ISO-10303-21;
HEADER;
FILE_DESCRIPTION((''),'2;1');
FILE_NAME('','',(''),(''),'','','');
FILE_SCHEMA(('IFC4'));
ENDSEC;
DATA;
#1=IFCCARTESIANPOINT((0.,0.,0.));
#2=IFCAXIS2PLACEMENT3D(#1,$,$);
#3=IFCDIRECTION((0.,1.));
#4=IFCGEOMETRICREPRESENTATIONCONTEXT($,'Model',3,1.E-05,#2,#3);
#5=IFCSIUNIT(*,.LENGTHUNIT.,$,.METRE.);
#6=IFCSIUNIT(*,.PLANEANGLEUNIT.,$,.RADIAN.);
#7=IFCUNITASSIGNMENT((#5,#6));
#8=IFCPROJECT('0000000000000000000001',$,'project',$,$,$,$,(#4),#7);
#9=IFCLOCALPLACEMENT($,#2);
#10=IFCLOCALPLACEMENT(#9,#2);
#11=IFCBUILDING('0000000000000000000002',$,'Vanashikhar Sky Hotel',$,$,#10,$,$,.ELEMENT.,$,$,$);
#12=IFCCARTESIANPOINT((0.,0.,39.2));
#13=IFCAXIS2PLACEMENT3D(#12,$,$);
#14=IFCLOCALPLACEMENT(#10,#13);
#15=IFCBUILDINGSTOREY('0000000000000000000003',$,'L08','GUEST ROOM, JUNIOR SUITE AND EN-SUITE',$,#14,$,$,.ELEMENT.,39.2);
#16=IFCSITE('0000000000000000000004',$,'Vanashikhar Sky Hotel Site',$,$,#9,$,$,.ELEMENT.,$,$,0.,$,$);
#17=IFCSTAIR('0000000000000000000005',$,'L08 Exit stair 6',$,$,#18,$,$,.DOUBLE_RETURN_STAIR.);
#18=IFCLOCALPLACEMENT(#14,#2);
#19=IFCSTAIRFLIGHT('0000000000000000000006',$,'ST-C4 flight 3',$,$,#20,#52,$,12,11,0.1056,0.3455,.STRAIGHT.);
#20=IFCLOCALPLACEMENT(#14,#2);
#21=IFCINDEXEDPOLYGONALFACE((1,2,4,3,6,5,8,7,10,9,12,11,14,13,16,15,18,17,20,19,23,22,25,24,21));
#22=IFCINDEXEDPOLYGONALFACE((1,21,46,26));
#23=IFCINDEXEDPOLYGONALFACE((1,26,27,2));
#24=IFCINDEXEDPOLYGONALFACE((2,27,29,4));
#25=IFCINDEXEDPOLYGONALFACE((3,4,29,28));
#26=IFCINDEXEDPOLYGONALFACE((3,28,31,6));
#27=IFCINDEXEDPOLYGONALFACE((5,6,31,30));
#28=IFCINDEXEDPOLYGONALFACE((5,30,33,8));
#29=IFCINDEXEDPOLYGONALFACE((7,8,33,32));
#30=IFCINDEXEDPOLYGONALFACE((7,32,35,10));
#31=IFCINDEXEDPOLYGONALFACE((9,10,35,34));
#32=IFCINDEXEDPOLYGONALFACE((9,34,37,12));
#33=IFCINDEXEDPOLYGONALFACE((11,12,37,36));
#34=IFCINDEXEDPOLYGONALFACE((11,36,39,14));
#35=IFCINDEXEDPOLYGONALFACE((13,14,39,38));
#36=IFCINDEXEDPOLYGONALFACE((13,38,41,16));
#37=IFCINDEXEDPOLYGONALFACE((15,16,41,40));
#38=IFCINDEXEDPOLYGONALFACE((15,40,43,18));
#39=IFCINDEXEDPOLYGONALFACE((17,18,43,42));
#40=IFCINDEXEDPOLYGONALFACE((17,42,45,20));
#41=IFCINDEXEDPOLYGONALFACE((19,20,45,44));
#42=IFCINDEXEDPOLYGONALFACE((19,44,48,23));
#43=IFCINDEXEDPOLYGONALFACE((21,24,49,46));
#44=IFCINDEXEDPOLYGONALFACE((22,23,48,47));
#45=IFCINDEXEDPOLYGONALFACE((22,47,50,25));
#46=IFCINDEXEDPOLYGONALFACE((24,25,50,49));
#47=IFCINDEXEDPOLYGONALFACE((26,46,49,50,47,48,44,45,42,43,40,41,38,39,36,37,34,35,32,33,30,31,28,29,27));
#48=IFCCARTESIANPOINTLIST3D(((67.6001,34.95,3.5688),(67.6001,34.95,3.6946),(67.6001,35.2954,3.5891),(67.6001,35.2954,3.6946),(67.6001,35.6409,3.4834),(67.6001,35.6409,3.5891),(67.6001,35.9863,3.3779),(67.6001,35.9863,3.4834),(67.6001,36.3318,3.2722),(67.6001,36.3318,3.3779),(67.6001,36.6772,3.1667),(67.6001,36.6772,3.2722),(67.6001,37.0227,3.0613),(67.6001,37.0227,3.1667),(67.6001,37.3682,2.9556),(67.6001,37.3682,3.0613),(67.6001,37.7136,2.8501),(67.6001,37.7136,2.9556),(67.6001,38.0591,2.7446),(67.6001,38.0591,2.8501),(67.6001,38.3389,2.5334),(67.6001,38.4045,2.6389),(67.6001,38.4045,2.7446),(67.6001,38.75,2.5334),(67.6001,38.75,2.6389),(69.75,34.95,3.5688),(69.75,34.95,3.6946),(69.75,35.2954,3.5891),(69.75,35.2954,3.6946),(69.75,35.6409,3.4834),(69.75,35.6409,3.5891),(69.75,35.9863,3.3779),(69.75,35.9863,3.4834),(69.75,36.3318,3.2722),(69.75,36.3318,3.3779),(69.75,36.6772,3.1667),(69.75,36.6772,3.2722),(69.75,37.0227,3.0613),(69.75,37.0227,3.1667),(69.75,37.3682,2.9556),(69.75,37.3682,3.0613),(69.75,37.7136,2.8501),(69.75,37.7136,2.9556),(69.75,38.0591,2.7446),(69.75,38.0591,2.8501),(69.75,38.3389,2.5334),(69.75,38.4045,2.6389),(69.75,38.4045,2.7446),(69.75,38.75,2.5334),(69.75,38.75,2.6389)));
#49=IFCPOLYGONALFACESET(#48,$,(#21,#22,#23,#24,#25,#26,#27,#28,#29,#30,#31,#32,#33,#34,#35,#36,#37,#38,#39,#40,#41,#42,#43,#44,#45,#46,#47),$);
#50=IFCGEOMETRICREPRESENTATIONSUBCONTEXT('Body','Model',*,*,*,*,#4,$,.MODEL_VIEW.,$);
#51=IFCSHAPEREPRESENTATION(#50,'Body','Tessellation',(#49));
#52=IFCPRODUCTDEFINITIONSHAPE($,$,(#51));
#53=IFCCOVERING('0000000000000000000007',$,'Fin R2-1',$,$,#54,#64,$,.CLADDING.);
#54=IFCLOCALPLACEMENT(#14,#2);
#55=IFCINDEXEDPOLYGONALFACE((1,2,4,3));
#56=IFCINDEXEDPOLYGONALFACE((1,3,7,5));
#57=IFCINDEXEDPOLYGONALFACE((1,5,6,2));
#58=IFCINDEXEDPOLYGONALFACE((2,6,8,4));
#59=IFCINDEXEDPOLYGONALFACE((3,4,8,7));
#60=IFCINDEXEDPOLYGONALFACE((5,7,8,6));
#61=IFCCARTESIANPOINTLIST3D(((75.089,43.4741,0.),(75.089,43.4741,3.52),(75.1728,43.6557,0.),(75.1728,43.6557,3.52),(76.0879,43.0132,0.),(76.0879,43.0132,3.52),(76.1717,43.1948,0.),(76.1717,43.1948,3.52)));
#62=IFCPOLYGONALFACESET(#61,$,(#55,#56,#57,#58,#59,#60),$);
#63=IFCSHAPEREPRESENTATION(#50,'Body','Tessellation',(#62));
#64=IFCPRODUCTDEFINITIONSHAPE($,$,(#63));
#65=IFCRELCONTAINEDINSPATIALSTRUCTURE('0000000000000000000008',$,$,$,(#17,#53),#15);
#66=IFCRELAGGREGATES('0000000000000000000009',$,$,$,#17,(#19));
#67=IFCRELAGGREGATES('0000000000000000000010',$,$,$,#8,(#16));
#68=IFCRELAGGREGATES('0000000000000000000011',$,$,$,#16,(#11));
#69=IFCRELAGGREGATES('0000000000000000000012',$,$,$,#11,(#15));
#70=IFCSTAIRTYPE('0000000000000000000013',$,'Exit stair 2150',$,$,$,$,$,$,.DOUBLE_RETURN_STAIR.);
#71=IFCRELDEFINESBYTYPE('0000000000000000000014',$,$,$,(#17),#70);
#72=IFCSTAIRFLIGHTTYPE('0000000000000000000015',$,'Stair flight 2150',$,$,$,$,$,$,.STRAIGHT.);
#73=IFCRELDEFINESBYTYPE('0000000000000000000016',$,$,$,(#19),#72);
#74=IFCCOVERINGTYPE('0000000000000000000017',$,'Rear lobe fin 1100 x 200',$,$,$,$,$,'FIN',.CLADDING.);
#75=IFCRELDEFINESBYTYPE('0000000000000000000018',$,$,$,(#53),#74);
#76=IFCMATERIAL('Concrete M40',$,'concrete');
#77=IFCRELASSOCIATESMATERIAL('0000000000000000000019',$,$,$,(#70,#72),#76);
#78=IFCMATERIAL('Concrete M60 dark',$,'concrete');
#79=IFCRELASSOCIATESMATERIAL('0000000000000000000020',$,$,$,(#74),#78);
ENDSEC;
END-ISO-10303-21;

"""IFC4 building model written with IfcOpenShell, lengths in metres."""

from ifc_helpers import new_model, si_unit, direction, frame, origin, origin_2d, place, context, subcontext, project, spatial, polyline, rectangle, outline, extrude, source, transform, mapped, material, material_profile, profile_set, type_object, element, aggregate, save


model = new_model("IFC4")

# Units and contexts
model_context = context("Model", 3, precision=1e-05, world=origin(), true_north=direction((0.0, 1.0)))
body_context = subcontext(model_context, "Body", "Model", "MODEL_VIEW")
ifc_project = project(units=[si_unit("LENGTHUNIT", "METRE"), si_unit("PLANEANGLEUNIT", "RADIAN")], contexts=[model_context])

# Site, building, storey
site_placement = place(None, origin())
site = spatial("IfcSite", under=ifc_project, at=site_placement, Name="Vanashikhar Sky Hotel Site", CompositionType="ELEMENT", RefElevation=0.0)
building_placement = place(site_placement, origin())
building = spatial("IfcBuilding", under=site, at=building_placement, Name="Vanashikhar Sky Hotel", CompositionType="ELEMENT")
storey_placement = place(building_placement, frame((0.0, 0.0, 39.2)))
storey = spatial("IfcBuildingStorey", under=building, at=storey_placement, Name="L08", Description="GUEST ROOM, JUNIOR SUITE AND EN-SUITE", CompositionType="ELEMENT", Elevation=39.2)

# Shared definitions
ifc_material_1 = material(Name="Concrete M40", Category="concrete")

# Stair, stair flight
stair_type = type_object("IfcStairType", Name="Exit stair 2150", PredefinedType="DOUBLE_RETURN_STAIR", material=ifc_material_1)
stair_placement = place(storey_placement, origin())
stair = element("IfcStair", 1, at=stair_placement, inside=storey, type_object=stair_type, Name="L08 Exit stair 6", PredefinedType="DOUBLE_RETURN_STAIR")
stair_flight_type = type_object("IfcStairFlightType", Name="Stair flight 2150", PredefinedType="STRAIGHT", material=ifc_material_1)
shared_shape_1 = source(origin(), body_context, "Body", "SweptSolid", [
    extrude(outline(polyline([(0.0, 0.0), (0.0, 0.1055), (0.3455, 0.1055), (0.3455, 0.2112), (0.6909, 0.2112), (0.6909, 0.3167), (1.0364, 0.3167), (1.0364, 0.4221), (1.3818, 0.4221), (1.3818, 0.5278), (1.7273, 0.5278), (1.7273, 0.6333), (2.0728, 0.6333), (2.0728, 0.7388), (2.4182, 0.7388), (2.4182, 0.8445), (2.7637, 0.8445), (2.7637, 0.95), (3.1091, 0.95), (3.1091, 1.0557), (3.4546, 1.0557), (3.4546, 1.1611), (3.8, 1.1611), (3.8, 1.2666), (3.8, 1.0354), (0.4111, 0.0), (0.0, 0.0)])), frame((0.0, 1.075, 0.0), z_axis=(0.0, -1.0, 0.0), x_axis=(1.0, 0.0, 0.0)), (0.0, 0.0, 1.0), 2.1499),
])
stair_flight_1_placement = place(storey_placement, frame((68.675, 38.75, 2.5334), z_axis=(0.0, 0.0, 1.0), x_axis=(0.0, -1.0, 0.0)))
stair_flight_1 = element("IfcStairFlight", 2, at=stair_flight_1_placement, type_object=stair_flight_type, Name="ST-C4 flight 3", NumberOfRisers=12, NumberOfTreads=11, PredefinedType="STRAIGHT", RiserHeight=0.1056, TreadLength=0.3455, context=body_context, shape_type="MappedRepresentation", body=[
    mapped(shared_shape_1, transform((0.0, 0.0, 0.0), scale=1.0)),
])
aggregate(stair, [stair_flight_1])

# Covering
ifc_material_2 = material(Name="Concrete M60 dark", Category="concrete")
ifc_material_profile = material_profile(ifc_material_2, rectangle(XDim=1.1001, YDim=0.2, at=origin_2d()))
ifc_profile_set = profile_set([ifc_material_profile], Name="Rear lobe fin 1100 x 200")
covering_type = type_object("IfcCoveringType", Name="Rear lobe fin 1100 x 200", ElementType="FIN", PredefinedType="CLADDING", material=ifc_profile_set)
shared_shape_2 = source(origin(), body_context, "Body", "SweptSolid", [
    extrude(rectangle(XDim=1.1001, YDim=0.2, at=origin_2d()), origin(), (0.0, 0.0, 1.0), 3.52),
])
covering_placement = place(storey_placement, frame((75.6304, 43.3345, 0.0), z_axis=(0.0, 0.0, 1.0), x_axis=(-0.908004, 0.418961, 0.0)))
element("IfcCovering", 3, at=covering_placement, inside=storey, type_object=covering_type, Name="Fin R2-1", PredefinedType="CLADDING", context=body_context, shape_type="MappedRepresentation", body=[
    mapped(shared_shape_2, transform((0.0, 0.0, 0.0), scale=1.0)),
])

save(model, "model.ifc")
